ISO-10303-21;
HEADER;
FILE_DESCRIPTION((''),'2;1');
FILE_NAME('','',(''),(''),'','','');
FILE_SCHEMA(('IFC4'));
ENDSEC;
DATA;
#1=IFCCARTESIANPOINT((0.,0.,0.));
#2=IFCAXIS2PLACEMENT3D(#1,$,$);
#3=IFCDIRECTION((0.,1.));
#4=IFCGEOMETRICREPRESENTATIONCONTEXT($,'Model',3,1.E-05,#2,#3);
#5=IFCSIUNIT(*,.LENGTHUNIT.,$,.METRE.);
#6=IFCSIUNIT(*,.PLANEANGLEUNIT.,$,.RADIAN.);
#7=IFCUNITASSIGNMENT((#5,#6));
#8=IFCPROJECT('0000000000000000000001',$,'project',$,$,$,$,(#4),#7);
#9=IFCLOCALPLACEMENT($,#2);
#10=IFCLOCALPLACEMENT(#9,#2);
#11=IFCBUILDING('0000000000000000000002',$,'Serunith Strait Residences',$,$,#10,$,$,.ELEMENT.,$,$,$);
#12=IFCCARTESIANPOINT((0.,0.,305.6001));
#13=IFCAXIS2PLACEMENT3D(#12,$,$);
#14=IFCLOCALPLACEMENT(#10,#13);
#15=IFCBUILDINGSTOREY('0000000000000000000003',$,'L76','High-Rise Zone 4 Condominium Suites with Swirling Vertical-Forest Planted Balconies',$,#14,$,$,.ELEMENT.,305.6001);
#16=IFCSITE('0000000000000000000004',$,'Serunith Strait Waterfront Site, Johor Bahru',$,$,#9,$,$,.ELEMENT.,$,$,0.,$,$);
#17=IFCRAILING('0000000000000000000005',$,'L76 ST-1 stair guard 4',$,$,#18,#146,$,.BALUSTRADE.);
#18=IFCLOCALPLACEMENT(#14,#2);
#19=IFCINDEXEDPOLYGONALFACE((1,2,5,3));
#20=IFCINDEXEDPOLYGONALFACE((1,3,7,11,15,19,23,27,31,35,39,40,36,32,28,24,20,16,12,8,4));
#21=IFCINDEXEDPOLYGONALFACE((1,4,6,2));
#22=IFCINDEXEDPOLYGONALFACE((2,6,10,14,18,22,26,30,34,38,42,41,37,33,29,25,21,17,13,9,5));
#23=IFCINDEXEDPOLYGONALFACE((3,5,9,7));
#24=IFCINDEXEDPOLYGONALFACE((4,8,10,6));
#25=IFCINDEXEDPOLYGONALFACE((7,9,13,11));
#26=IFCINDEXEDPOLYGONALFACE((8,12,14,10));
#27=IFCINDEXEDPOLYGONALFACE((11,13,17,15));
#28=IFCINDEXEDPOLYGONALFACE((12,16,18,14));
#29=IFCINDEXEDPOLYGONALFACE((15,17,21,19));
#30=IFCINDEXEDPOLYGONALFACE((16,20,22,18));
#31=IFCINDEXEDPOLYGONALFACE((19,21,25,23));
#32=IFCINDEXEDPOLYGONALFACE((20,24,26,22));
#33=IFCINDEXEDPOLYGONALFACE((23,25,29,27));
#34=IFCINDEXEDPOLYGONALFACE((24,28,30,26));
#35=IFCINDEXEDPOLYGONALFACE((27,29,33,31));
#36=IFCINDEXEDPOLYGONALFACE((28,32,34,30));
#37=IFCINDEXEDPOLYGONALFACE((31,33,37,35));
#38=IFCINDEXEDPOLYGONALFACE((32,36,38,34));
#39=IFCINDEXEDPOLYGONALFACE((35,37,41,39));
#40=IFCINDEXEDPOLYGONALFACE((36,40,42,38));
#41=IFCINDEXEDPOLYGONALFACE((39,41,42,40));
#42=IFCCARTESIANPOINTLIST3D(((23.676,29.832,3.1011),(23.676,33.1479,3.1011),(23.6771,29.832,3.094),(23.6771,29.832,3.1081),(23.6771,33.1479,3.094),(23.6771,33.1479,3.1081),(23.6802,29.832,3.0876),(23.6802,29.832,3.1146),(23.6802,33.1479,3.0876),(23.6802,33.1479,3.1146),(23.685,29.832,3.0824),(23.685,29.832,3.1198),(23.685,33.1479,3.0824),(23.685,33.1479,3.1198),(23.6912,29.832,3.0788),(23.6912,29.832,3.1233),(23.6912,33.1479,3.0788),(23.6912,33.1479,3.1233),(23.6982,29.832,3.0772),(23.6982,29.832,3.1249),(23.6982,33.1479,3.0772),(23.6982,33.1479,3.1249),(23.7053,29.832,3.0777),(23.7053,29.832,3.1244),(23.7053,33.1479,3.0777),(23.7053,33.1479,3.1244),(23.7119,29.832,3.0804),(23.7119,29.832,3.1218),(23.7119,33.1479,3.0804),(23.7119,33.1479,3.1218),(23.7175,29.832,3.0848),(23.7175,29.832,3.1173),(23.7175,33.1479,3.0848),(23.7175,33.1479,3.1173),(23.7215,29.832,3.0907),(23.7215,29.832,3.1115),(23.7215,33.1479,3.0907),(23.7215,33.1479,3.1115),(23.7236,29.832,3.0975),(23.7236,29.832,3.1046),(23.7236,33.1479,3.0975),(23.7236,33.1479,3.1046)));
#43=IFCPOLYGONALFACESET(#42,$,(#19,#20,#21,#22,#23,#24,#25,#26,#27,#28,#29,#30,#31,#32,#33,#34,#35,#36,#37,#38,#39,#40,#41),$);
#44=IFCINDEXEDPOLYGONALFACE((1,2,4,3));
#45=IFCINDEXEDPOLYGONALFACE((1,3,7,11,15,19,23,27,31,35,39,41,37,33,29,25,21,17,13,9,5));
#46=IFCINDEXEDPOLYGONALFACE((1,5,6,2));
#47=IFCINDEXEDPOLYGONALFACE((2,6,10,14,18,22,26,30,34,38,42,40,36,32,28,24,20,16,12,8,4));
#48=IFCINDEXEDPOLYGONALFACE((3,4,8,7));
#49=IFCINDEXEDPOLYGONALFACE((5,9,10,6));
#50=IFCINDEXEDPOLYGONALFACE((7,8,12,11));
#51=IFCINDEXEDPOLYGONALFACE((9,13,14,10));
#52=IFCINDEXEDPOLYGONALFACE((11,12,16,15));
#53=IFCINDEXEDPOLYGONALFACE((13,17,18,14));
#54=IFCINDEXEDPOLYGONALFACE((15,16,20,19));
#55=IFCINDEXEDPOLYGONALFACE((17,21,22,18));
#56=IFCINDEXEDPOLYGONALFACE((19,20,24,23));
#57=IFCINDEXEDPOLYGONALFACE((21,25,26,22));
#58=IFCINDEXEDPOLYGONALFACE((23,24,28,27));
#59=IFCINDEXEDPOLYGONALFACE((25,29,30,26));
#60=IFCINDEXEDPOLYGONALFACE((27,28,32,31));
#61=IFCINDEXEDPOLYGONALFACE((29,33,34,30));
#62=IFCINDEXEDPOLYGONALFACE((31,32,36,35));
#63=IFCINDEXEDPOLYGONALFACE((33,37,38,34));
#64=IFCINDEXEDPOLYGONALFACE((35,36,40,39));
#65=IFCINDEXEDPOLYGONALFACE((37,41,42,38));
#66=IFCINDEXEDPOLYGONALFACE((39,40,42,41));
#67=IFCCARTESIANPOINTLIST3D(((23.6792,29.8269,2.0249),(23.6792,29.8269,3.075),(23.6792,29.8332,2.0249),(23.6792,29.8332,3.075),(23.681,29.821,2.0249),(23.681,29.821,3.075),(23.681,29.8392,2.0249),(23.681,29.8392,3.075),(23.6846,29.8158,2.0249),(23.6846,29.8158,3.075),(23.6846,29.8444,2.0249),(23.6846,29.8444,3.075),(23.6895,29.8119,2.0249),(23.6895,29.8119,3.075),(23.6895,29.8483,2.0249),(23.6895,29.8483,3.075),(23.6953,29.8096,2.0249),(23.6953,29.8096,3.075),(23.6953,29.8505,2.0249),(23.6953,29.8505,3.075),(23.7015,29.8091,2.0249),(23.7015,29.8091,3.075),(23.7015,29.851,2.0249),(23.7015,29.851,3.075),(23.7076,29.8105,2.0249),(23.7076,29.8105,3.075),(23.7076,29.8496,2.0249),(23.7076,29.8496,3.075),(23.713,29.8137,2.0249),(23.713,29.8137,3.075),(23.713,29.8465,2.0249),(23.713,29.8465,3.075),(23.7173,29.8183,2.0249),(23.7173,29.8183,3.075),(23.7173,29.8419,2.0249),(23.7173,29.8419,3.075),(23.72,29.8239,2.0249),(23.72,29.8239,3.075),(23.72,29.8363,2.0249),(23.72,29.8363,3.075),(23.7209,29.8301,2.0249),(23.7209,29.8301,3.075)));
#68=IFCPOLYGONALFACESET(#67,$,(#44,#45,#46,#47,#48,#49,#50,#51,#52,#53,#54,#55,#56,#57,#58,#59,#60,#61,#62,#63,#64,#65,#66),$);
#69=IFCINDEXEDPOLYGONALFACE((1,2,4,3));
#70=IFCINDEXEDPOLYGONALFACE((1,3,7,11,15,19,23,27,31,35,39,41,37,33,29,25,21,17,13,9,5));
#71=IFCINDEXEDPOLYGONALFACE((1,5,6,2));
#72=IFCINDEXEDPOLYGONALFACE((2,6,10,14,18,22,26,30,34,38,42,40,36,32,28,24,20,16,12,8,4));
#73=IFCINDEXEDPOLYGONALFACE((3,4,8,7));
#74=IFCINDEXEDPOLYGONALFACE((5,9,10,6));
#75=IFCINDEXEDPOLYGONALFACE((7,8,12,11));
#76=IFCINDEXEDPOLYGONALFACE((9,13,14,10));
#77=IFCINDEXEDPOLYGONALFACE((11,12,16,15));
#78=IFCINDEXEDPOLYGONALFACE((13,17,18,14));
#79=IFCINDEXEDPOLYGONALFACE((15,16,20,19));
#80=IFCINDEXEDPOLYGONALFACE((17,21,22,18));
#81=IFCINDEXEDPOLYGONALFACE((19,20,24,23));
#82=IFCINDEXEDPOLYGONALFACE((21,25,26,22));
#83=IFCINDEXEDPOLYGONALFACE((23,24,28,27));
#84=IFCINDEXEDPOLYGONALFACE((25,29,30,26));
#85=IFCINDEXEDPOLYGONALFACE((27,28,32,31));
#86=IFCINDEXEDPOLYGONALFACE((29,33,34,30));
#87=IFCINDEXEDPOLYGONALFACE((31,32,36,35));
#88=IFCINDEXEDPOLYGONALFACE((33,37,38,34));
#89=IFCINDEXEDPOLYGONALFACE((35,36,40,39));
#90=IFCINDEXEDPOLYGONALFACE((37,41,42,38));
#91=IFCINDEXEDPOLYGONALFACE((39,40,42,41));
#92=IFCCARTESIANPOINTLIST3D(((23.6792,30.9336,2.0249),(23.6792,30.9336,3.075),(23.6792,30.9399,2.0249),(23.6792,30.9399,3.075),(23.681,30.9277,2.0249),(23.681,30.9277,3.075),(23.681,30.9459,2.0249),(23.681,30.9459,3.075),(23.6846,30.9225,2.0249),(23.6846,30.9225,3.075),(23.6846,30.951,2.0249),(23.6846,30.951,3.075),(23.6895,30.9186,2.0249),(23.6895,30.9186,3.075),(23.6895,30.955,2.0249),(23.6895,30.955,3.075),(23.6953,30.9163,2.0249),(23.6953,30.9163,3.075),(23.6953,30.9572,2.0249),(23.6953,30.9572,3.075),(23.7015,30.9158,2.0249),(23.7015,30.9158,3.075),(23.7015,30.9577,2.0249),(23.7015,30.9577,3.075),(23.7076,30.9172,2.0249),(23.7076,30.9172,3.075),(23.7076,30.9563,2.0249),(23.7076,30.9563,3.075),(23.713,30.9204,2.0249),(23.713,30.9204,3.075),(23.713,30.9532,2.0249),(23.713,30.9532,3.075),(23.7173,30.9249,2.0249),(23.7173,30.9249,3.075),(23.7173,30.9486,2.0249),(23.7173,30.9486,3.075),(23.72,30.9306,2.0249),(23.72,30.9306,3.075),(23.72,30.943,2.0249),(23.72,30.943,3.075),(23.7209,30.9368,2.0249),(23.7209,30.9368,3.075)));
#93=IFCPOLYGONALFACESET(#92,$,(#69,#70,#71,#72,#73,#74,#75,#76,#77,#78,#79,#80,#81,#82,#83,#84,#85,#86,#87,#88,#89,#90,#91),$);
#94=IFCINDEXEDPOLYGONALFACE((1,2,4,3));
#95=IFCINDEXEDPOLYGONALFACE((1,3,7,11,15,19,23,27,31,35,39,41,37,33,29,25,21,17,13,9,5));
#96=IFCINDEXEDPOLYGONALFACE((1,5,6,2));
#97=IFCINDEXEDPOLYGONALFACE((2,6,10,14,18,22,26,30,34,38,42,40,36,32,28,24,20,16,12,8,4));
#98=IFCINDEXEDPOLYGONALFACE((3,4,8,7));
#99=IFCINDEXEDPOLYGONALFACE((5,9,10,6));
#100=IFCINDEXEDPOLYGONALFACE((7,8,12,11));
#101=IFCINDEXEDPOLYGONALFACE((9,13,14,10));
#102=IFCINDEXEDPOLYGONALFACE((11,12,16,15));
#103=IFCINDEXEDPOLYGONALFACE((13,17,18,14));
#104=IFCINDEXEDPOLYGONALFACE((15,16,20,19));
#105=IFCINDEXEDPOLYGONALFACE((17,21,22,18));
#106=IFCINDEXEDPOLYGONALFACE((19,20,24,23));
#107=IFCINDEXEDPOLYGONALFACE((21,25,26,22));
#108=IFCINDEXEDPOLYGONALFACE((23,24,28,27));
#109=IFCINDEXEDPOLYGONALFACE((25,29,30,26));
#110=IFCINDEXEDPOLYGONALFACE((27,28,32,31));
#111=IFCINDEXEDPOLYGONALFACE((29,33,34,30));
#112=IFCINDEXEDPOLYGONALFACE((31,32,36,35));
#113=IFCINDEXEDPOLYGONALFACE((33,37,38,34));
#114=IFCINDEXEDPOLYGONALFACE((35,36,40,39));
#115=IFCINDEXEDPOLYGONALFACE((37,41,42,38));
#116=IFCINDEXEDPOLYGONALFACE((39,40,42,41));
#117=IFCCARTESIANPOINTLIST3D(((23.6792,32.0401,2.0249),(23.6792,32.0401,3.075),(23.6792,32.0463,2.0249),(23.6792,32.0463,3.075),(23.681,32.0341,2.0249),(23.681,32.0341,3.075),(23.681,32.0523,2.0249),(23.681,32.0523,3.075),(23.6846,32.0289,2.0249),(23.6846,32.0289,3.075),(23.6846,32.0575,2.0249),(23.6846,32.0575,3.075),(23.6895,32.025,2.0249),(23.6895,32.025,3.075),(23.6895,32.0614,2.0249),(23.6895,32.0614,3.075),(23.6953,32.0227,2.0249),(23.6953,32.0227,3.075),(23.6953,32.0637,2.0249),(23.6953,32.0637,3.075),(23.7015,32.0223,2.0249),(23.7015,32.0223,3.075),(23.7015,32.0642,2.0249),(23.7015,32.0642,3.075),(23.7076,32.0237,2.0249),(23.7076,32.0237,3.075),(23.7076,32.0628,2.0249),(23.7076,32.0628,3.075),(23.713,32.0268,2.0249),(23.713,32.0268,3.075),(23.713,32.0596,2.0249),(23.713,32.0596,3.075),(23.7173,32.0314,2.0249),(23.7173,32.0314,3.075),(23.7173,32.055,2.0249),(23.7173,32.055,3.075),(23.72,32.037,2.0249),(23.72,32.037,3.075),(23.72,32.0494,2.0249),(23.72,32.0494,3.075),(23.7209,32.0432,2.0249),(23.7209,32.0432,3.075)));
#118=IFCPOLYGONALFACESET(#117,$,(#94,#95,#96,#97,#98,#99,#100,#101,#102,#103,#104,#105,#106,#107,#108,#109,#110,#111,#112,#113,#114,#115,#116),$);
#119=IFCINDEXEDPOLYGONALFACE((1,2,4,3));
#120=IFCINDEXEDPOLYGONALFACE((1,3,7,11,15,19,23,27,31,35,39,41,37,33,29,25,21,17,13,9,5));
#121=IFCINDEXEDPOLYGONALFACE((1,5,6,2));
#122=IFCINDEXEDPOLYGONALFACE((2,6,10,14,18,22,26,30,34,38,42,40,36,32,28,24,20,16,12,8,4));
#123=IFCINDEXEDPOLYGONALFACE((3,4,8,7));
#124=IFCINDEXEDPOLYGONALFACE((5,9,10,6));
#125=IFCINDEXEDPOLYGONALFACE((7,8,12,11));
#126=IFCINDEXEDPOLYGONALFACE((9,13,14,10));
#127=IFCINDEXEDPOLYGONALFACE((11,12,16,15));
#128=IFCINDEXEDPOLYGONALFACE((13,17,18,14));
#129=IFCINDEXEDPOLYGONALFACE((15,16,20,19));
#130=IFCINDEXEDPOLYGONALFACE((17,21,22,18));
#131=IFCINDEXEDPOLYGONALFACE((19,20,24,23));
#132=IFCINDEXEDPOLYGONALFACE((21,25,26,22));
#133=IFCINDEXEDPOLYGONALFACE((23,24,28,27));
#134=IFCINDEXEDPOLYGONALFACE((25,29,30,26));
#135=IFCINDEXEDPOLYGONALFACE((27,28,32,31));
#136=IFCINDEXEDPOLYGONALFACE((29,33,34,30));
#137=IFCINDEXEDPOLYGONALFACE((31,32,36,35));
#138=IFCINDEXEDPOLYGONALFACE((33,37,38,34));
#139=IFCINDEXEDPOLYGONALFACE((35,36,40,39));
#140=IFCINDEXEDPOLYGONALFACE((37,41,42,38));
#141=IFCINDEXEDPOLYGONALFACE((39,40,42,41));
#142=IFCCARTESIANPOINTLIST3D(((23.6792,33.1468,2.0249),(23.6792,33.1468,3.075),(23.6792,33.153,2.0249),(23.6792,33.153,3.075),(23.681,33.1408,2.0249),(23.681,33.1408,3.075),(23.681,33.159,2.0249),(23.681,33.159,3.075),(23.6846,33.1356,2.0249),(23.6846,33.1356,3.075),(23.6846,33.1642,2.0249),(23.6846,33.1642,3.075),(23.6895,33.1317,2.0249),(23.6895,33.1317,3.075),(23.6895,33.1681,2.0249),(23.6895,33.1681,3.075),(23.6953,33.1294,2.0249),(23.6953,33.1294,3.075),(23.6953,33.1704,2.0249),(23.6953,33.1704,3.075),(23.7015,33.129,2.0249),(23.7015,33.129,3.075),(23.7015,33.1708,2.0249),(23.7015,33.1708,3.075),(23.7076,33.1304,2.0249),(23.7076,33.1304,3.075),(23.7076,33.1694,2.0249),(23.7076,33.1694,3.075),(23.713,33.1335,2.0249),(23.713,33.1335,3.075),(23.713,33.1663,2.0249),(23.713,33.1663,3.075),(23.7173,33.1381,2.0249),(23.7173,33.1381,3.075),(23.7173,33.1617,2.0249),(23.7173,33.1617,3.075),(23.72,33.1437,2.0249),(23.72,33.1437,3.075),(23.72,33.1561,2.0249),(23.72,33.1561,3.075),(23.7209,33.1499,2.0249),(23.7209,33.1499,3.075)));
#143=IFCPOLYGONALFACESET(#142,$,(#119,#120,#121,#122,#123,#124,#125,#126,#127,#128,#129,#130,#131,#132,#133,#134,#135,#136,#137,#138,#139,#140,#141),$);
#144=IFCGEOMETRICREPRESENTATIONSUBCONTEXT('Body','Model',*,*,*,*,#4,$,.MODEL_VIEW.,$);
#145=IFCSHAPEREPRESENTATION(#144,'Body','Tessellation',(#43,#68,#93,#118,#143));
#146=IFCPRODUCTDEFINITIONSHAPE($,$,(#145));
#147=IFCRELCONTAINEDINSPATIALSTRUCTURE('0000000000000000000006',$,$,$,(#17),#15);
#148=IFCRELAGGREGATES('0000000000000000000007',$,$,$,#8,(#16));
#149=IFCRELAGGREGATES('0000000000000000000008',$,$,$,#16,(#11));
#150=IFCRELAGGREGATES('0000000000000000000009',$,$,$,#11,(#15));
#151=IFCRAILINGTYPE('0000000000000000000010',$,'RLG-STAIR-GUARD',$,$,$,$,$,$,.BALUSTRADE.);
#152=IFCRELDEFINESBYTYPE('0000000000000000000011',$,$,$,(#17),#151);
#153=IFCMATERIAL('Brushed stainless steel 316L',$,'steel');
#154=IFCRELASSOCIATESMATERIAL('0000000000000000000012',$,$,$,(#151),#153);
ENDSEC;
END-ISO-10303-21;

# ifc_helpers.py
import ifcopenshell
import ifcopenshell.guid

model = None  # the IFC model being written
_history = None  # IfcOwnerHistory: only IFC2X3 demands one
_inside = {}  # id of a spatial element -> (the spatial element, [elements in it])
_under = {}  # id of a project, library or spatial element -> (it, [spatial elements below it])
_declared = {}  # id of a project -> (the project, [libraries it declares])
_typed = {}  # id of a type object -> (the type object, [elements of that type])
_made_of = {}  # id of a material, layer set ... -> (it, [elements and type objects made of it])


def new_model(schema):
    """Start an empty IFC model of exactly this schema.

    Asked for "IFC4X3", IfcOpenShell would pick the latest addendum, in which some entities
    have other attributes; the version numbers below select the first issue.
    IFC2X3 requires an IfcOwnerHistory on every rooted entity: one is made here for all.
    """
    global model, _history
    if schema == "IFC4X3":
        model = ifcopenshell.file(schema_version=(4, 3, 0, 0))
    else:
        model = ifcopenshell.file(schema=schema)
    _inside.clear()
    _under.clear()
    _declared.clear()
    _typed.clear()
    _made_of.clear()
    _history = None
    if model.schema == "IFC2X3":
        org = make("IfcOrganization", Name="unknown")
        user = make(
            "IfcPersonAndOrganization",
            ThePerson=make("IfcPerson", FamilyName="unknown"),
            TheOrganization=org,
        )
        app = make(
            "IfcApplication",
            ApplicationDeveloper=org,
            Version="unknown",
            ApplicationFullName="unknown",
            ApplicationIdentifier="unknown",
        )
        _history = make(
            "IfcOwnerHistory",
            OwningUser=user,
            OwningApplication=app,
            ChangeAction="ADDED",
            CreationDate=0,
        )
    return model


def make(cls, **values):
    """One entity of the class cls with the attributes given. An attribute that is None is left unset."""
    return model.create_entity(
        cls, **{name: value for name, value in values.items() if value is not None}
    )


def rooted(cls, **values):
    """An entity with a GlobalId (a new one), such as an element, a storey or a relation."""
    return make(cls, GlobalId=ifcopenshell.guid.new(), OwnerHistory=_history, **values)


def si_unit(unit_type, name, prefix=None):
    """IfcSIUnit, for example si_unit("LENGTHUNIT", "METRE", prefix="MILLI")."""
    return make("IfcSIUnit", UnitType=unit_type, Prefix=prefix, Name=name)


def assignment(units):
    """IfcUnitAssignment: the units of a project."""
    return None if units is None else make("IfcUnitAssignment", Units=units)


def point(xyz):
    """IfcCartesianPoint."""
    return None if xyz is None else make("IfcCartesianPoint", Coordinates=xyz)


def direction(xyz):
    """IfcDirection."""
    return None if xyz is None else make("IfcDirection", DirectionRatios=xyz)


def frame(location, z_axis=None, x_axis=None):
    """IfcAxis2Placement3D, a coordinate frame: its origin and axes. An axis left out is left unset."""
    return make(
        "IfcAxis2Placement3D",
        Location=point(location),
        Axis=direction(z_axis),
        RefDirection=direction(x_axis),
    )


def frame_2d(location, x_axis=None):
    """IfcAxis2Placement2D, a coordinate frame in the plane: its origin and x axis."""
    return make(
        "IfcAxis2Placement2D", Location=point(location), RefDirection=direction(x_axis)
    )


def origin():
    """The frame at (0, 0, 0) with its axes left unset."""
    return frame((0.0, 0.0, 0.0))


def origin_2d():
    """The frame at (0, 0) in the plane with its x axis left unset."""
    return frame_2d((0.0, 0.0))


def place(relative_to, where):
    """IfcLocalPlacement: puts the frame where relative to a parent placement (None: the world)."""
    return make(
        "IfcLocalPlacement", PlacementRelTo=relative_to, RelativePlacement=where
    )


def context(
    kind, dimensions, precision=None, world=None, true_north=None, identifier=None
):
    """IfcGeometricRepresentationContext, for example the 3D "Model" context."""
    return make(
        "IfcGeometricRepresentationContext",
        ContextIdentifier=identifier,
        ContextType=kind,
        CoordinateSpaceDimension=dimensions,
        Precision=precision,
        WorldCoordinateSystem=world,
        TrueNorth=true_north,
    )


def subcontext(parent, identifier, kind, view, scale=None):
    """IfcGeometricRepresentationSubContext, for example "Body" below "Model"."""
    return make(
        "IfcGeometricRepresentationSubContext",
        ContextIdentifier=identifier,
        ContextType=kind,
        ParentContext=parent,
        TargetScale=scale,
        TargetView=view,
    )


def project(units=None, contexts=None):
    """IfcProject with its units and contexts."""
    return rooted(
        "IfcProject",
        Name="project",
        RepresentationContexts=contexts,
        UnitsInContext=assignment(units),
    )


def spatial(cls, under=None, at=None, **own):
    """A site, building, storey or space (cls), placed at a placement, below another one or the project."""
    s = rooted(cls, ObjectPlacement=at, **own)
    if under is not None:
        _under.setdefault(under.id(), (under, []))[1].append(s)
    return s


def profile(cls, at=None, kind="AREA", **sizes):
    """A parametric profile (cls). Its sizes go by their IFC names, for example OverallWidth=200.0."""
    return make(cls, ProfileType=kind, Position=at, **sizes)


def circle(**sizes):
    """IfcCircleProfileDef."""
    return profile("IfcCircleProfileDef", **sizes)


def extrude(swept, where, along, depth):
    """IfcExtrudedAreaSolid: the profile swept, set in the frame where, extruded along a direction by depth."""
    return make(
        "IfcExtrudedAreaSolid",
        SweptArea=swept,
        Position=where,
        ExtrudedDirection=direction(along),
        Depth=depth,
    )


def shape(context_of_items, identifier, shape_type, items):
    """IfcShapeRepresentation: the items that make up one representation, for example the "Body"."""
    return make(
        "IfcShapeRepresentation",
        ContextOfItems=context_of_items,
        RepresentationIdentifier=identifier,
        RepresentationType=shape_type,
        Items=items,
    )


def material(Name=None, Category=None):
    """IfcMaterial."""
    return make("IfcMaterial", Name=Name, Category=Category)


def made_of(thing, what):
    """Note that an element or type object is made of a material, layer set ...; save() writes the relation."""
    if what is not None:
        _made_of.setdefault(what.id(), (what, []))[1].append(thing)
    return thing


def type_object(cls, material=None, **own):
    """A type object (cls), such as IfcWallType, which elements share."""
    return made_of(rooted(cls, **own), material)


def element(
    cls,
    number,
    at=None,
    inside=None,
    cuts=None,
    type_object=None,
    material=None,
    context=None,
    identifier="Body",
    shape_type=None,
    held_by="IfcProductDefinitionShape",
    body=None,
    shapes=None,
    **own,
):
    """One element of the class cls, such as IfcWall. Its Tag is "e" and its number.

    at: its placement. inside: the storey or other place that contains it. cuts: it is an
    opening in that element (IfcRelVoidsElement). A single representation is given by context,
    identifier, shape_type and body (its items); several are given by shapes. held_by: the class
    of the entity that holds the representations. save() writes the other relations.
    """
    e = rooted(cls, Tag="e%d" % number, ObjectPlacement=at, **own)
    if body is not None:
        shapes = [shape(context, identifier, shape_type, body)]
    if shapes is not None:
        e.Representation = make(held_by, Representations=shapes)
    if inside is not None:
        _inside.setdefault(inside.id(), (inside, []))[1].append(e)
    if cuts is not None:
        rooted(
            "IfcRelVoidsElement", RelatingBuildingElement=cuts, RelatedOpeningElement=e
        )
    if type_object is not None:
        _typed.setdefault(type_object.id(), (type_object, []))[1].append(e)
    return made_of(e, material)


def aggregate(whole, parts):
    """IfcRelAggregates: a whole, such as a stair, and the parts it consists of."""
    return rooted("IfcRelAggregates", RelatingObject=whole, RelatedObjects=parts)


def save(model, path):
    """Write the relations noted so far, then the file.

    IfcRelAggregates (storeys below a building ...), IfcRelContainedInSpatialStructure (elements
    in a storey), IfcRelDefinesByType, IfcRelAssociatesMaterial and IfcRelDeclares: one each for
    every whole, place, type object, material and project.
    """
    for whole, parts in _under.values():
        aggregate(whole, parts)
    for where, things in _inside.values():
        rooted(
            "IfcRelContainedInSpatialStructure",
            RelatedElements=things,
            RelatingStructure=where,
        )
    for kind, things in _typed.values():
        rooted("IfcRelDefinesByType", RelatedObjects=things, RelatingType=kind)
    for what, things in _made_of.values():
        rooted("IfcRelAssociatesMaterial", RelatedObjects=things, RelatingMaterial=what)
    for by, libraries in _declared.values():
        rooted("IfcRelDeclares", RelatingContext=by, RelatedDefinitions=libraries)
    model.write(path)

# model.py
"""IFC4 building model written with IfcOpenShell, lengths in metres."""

from ifc_helpers import new_model, si_unit, direction, frame, origin, origin_2d, place, context, subcontext, project, spatial, circle, extrude, material, type_object, element, save


model = new_model("IFC4")

# Units and contexts
model_context = context("Model", 3, precision=1e-05, world=origin(), true_north=direction((0.0, 1.0)))
body_context = subcontext(model_context, "Body", "Model", "MODEL_VIEW")
ifc_project = project(units=[si_unit("LENGTHUNIT", "METRE"), si_unit("PLANEANGLEUNIT", "RADIAN")], contexts=[model_context])

# Site, building, storey
site_placement = place(None, origin())
site = spatial("IfcSite", under=ifc_project, at=site_placement, Name="Serunith Strait Waterfront Site, Johor Bahru", CompositionType="ELEMENT", RefElevation=0.0)
building_placement = place(site_placement, origin())
building = spatial("IfcBuilding", under=site, at=building_placement, Name="Serunith Strait Residences", CompositionType="ELEMENT")
storey_placement = place(building_placement, frame((0.0, 0.0, 305.6001)))
storey = spatial("IfcBuildingStorey", under=building, at=storey_placement, Name="L76", Description="High-Rise Zone 4 Condominium Suites with Swirling Vertical-Forest Planted Balconies", CompositionType="ELEMENT", Elevation=305.6001)

# Railing
ifc_material_1 = material(Name="Brushed stainless steel 316L", Category="steel")
railing_type_1 = type_object("IfcRailingType", Name="RLG-STAIR-GUARD", PredefinedType="BALUSTRADE", material=ifc_material_1)
for number, where, name in (
    (1, (23.7, 29.8301, 2.0249), "L76 ST-1 stair guard 4"),
):
    element("IfcRailing", number, at=place(storey_placement, frame(where)), inside=storey, type_object=railing_type_1, Name=name, PredefinedType="BALUSTRADE", context=body_context, shape_type="SweptSolid", body=[
        extrude(circle(Radius=0.0239, at=origin_2d()), frame((0.0, 0.002, 1.0762), z_axis=(0.0, 1.0, 0.0), x_axis=(-1.0, 0.0, 0.0)), (0.0, 0.0, 1.0), 3.3159),
        extrude(circle(Radius=0.021, at=origin_2d()), origin(), (0.0, 0.0, 1.0), 1.05),
        extrude(circle(Radius=0.021, at=origin_2d()), frame((0.0, 1.1067, 0.0)), (0.0, 0.0, 1.0), 1.05),
        extrude(circle(Radius=0.021, at=origin_2d()), frame((0.0, 2.2131, 0.0)), (0.0, 0.0, 1.0), 1.05),
        extrude(circle(Radius=0.021, at=origin_2d()), frame((0.0, 3.3198, 0.0)), (0.0, 0.0, 1.0), 1.05),
    ])

save(model, "model.ifc")
